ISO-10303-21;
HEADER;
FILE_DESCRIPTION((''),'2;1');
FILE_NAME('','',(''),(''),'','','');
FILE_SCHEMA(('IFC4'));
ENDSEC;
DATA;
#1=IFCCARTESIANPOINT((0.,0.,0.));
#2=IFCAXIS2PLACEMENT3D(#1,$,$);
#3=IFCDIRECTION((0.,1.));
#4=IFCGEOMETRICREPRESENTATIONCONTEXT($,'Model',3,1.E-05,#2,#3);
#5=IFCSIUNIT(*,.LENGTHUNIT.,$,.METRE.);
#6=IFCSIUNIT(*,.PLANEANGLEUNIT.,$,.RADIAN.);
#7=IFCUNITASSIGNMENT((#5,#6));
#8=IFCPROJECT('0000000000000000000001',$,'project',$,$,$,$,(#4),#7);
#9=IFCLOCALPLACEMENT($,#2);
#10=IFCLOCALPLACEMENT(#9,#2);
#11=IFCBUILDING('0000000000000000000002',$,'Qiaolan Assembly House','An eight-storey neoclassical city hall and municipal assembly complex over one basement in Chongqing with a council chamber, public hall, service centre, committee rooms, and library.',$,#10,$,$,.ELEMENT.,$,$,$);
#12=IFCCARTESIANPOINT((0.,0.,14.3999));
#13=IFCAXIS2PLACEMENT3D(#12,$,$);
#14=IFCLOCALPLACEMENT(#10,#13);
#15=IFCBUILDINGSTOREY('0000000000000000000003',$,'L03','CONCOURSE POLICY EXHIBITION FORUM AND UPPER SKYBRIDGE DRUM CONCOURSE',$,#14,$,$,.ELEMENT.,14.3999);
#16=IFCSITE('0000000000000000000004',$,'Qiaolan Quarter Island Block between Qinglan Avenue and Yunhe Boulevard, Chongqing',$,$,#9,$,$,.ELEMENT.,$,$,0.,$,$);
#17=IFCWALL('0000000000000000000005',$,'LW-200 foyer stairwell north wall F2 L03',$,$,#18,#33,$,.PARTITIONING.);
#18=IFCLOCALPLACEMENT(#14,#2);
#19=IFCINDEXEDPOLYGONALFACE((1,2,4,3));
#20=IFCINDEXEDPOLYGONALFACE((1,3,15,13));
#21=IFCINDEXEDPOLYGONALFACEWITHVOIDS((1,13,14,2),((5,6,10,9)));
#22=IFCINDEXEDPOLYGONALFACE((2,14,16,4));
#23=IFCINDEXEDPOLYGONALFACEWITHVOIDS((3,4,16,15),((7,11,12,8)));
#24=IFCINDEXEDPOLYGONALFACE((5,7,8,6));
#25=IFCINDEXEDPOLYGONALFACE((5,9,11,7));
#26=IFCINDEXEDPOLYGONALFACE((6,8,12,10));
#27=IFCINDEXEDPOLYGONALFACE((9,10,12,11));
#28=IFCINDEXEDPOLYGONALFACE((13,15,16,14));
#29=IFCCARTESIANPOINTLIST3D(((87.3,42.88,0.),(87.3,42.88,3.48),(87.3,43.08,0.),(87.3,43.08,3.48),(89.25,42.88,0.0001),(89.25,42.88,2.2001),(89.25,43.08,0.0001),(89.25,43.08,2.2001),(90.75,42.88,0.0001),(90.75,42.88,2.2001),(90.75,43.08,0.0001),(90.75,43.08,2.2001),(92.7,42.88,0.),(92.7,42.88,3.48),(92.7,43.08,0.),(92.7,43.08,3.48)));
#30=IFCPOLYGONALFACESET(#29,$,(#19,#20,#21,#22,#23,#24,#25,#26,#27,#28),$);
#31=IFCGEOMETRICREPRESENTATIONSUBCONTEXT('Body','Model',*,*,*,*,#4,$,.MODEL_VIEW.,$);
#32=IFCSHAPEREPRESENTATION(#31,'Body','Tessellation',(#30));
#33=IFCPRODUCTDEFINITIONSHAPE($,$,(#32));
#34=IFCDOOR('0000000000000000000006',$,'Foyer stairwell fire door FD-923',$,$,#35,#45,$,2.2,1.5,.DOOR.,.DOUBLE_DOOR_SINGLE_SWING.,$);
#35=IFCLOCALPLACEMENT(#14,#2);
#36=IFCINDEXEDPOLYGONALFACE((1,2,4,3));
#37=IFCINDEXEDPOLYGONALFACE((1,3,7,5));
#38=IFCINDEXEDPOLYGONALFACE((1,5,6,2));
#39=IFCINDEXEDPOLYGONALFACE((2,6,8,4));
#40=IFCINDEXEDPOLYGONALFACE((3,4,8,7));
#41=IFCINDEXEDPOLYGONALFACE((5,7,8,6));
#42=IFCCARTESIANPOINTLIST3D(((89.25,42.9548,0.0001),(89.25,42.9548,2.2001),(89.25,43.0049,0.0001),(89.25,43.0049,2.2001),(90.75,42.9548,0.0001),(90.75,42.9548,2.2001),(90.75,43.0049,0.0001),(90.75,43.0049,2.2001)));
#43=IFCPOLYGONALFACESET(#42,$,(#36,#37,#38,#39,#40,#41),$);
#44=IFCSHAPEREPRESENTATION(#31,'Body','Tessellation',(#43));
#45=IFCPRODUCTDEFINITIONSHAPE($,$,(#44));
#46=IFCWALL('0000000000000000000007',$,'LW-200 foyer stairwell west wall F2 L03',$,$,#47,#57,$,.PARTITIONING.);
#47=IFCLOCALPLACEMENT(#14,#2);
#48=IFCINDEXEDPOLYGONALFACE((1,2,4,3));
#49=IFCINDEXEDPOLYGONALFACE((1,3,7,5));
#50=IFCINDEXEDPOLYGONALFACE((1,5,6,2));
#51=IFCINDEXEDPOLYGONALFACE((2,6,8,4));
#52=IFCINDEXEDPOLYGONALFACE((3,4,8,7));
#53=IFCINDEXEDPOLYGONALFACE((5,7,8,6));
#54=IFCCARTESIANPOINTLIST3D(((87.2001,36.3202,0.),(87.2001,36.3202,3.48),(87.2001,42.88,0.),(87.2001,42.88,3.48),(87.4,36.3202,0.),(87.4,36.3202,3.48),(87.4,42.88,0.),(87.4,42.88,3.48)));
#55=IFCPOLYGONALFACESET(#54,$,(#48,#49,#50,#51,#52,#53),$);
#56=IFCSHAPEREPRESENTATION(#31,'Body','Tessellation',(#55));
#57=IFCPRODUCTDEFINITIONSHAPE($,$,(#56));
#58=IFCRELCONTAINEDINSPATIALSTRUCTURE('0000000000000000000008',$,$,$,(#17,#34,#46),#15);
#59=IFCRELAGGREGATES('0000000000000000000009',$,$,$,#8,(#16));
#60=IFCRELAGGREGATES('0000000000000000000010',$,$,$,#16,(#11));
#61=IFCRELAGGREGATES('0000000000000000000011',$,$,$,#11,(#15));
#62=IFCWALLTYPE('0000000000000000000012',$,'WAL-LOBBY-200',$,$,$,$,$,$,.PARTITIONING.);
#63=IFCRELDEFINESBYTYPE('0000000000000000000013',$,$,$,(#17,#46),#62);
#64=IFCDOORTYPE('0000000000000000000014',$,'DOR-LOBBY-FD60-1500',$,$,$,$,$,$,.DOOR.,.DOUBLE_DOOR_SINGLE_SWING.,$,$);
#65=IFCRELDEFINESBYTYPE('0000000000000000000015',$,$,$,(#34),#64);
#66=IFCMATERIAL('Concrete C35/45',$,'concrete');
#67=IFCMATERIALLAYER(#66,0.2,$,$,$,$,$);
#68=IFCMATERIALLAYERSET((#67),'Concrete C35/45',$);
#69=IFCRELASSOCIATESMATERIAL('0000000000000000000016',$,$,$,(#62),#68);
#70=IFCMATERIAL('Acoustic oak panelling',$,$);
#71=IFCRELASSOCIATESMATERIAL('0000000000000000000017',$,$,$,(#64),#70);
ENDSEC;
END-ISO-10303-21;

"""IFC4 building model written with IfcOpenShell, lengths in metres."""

from ifc_helpers import new_model, si_unit, direction, frame, frame_2d, origin, place, context, subcontext, project, spatial, rectangle, extrude, material, layer, layer_set, type_object, element, fill, save


model = new_model("IFC4")

# Units and contexts
model_context = context("Model", 3, precision=1e-05, world=origin(), true_north=direction((0.0, 1.0)))
body_context = subcontext(model_context, "Body", "Model", "MODEL_VIEW")
ifc_project = project(units=[si_unit("LENGTHUNIT", "METRE"), si_unit("PLANEANGLEUNIT", "RADIAN")], contexts=[model_context])

# Site, building, storey
site_placement = place(None, origin())
site = spatial("IfcSite", under=ifc_project, at=site_placement, Name="Qiaolan Quarter Island Block between Qinglan Avenue and Yunhe Boulevard, Chongqing", CompositionType="ELEMENT", RefElevation=0.0)
building_placement = place(site_placement, origin())
building = spatial("IfcBuilding", under=site, at=building_placement, Name="Qiaolan Assembly House", Description="An eight-storey neoclassical city hall and municipal assembly complex over one basement in Chongqing with a council chamber, public hall, service centre, committee rooms, and library.", CompositionType="ELEMENT")
storey_placement = place(building_placement, frame((0.0, 0.0, 14.3999)))
storey = spatial("IfcBuildingStorey", under=building, at=storey_placement, Name="L03", Description="CONCOURSE POLICY EXHIBITION FORUM AND UPPER SKYBRIDGE DRUM CONCOURSE", CompositionType="ELEMENT", Elevation=14.3999)

# Wall, opening, door
ifc_material_1 = material(Name="Concrete C35/45", Category="concrete")
ifc_layer_1 = layer(ifc_material_1, 0.2)
ifc_layer_set_1 = layer_set([ifc_layer_1], Name="Concrete C35/45")
wall_type = type_object("IfcWallType", Name="WAL-LOBBY-200", PredefinedType="PARTITIONING", material=ifc_layer_set_1)
wall_1_placement = place(storey_placement, frame((87.3, 42.98, 0.0), z_axis=(0.0, 0.0, 1.0), x_axis=(1.0, 0.0, 0.0)))
wall_1 = element("IfcWall", 1, at=wall_1_placement, inside=storey, type_object=wall_type, Name="LW-200 foyer stairwell north wall F2 L03", PredefinedType="PARTITIONING", context=body_context, shape_type="SweptSolid", body=[
    extrude(rectangle(XDim=5.3999, YDim=0.2, at=frame_2d((2.7, 0.0))), origin(), (0.0, 0.0, 1.0), 3.48),
])
opening_placement = place(wall_1_placement, frame((1.95, 0.0, 0.0)))
opening = element("IfcOpeningElement", 2, at=opening_placement, cuts=wall_1, PredefinedType="OPENING", context=body_context, shape_type="SweptSolid", body=[
    extrude(rectangle(XDim=1.5, YDim=2.2, at=frame_2d((0.75, 1.1001))), frame((0.0, 0.1099, 0.0), z_axis=(0.0, -1.0, 0.0), x_axis=(1.0, 0.0, 0.0)), (0.0, 0.0, 1.0), 0.22),
])
ifc_material_2 = material(Name="Acoustic oak panelling")
door_type = type_object("IfcDoorType", Name="DOR-LOBBY-FD60-1500", OperationType="DOUBLE_DOOR_SINGLE_SWING", PredefinedType="DOOR", material=ifc_material_2)
door_placement = place(opening_placement, origin())
door = element("IfcDoor", 3, at=door_placement, inside=storey, type_object=door_type, Name="Foyer stairwell fire door FD-923", OperationType="DOUBLE_DOOR_SINGLE_SWING", OverallHeight=2.2, OverallWidth=1.5, PredefinedType="DOOR", context=body_context, shape_type="SweptSolid", body=[
    extrude(rectangle(XDim=1.5, YDim=2.2, at=frame_2d((0.75, 1.1001))), frame((0.0, 0.0249, 0.0), z_axis=(0.0, -1.0, 0.0), x_axis=(1.0, 0.0, 0.0)), (0.0, 0.0, 1.0), 0.05),
])
fill(opening, door)

# Wall
wall_2_placement = place(storey_placement, frame((87.3, 42.8799, 0.0), z_axis=(0.0, 0.0, 1.0), x_axis=(0.0, -1.0, 0.0)))
element("IfcWall", 4, at=wall_2_placement, inside=storey, type_object=wall_type, Name="LW-200 foyer stairwell west wall F2 L03", PredefinedType="PARTITIONING", context=body_context, shape_type="SweptSolid", body=[
    extrude(rectangle(XDim=6.5598, YDim=0.2, at=frame_2d((3.2798, 0.0))), origin(), (0.0, 0.0, 1.0), 3.48),
])

save(model, "model.ifc")
